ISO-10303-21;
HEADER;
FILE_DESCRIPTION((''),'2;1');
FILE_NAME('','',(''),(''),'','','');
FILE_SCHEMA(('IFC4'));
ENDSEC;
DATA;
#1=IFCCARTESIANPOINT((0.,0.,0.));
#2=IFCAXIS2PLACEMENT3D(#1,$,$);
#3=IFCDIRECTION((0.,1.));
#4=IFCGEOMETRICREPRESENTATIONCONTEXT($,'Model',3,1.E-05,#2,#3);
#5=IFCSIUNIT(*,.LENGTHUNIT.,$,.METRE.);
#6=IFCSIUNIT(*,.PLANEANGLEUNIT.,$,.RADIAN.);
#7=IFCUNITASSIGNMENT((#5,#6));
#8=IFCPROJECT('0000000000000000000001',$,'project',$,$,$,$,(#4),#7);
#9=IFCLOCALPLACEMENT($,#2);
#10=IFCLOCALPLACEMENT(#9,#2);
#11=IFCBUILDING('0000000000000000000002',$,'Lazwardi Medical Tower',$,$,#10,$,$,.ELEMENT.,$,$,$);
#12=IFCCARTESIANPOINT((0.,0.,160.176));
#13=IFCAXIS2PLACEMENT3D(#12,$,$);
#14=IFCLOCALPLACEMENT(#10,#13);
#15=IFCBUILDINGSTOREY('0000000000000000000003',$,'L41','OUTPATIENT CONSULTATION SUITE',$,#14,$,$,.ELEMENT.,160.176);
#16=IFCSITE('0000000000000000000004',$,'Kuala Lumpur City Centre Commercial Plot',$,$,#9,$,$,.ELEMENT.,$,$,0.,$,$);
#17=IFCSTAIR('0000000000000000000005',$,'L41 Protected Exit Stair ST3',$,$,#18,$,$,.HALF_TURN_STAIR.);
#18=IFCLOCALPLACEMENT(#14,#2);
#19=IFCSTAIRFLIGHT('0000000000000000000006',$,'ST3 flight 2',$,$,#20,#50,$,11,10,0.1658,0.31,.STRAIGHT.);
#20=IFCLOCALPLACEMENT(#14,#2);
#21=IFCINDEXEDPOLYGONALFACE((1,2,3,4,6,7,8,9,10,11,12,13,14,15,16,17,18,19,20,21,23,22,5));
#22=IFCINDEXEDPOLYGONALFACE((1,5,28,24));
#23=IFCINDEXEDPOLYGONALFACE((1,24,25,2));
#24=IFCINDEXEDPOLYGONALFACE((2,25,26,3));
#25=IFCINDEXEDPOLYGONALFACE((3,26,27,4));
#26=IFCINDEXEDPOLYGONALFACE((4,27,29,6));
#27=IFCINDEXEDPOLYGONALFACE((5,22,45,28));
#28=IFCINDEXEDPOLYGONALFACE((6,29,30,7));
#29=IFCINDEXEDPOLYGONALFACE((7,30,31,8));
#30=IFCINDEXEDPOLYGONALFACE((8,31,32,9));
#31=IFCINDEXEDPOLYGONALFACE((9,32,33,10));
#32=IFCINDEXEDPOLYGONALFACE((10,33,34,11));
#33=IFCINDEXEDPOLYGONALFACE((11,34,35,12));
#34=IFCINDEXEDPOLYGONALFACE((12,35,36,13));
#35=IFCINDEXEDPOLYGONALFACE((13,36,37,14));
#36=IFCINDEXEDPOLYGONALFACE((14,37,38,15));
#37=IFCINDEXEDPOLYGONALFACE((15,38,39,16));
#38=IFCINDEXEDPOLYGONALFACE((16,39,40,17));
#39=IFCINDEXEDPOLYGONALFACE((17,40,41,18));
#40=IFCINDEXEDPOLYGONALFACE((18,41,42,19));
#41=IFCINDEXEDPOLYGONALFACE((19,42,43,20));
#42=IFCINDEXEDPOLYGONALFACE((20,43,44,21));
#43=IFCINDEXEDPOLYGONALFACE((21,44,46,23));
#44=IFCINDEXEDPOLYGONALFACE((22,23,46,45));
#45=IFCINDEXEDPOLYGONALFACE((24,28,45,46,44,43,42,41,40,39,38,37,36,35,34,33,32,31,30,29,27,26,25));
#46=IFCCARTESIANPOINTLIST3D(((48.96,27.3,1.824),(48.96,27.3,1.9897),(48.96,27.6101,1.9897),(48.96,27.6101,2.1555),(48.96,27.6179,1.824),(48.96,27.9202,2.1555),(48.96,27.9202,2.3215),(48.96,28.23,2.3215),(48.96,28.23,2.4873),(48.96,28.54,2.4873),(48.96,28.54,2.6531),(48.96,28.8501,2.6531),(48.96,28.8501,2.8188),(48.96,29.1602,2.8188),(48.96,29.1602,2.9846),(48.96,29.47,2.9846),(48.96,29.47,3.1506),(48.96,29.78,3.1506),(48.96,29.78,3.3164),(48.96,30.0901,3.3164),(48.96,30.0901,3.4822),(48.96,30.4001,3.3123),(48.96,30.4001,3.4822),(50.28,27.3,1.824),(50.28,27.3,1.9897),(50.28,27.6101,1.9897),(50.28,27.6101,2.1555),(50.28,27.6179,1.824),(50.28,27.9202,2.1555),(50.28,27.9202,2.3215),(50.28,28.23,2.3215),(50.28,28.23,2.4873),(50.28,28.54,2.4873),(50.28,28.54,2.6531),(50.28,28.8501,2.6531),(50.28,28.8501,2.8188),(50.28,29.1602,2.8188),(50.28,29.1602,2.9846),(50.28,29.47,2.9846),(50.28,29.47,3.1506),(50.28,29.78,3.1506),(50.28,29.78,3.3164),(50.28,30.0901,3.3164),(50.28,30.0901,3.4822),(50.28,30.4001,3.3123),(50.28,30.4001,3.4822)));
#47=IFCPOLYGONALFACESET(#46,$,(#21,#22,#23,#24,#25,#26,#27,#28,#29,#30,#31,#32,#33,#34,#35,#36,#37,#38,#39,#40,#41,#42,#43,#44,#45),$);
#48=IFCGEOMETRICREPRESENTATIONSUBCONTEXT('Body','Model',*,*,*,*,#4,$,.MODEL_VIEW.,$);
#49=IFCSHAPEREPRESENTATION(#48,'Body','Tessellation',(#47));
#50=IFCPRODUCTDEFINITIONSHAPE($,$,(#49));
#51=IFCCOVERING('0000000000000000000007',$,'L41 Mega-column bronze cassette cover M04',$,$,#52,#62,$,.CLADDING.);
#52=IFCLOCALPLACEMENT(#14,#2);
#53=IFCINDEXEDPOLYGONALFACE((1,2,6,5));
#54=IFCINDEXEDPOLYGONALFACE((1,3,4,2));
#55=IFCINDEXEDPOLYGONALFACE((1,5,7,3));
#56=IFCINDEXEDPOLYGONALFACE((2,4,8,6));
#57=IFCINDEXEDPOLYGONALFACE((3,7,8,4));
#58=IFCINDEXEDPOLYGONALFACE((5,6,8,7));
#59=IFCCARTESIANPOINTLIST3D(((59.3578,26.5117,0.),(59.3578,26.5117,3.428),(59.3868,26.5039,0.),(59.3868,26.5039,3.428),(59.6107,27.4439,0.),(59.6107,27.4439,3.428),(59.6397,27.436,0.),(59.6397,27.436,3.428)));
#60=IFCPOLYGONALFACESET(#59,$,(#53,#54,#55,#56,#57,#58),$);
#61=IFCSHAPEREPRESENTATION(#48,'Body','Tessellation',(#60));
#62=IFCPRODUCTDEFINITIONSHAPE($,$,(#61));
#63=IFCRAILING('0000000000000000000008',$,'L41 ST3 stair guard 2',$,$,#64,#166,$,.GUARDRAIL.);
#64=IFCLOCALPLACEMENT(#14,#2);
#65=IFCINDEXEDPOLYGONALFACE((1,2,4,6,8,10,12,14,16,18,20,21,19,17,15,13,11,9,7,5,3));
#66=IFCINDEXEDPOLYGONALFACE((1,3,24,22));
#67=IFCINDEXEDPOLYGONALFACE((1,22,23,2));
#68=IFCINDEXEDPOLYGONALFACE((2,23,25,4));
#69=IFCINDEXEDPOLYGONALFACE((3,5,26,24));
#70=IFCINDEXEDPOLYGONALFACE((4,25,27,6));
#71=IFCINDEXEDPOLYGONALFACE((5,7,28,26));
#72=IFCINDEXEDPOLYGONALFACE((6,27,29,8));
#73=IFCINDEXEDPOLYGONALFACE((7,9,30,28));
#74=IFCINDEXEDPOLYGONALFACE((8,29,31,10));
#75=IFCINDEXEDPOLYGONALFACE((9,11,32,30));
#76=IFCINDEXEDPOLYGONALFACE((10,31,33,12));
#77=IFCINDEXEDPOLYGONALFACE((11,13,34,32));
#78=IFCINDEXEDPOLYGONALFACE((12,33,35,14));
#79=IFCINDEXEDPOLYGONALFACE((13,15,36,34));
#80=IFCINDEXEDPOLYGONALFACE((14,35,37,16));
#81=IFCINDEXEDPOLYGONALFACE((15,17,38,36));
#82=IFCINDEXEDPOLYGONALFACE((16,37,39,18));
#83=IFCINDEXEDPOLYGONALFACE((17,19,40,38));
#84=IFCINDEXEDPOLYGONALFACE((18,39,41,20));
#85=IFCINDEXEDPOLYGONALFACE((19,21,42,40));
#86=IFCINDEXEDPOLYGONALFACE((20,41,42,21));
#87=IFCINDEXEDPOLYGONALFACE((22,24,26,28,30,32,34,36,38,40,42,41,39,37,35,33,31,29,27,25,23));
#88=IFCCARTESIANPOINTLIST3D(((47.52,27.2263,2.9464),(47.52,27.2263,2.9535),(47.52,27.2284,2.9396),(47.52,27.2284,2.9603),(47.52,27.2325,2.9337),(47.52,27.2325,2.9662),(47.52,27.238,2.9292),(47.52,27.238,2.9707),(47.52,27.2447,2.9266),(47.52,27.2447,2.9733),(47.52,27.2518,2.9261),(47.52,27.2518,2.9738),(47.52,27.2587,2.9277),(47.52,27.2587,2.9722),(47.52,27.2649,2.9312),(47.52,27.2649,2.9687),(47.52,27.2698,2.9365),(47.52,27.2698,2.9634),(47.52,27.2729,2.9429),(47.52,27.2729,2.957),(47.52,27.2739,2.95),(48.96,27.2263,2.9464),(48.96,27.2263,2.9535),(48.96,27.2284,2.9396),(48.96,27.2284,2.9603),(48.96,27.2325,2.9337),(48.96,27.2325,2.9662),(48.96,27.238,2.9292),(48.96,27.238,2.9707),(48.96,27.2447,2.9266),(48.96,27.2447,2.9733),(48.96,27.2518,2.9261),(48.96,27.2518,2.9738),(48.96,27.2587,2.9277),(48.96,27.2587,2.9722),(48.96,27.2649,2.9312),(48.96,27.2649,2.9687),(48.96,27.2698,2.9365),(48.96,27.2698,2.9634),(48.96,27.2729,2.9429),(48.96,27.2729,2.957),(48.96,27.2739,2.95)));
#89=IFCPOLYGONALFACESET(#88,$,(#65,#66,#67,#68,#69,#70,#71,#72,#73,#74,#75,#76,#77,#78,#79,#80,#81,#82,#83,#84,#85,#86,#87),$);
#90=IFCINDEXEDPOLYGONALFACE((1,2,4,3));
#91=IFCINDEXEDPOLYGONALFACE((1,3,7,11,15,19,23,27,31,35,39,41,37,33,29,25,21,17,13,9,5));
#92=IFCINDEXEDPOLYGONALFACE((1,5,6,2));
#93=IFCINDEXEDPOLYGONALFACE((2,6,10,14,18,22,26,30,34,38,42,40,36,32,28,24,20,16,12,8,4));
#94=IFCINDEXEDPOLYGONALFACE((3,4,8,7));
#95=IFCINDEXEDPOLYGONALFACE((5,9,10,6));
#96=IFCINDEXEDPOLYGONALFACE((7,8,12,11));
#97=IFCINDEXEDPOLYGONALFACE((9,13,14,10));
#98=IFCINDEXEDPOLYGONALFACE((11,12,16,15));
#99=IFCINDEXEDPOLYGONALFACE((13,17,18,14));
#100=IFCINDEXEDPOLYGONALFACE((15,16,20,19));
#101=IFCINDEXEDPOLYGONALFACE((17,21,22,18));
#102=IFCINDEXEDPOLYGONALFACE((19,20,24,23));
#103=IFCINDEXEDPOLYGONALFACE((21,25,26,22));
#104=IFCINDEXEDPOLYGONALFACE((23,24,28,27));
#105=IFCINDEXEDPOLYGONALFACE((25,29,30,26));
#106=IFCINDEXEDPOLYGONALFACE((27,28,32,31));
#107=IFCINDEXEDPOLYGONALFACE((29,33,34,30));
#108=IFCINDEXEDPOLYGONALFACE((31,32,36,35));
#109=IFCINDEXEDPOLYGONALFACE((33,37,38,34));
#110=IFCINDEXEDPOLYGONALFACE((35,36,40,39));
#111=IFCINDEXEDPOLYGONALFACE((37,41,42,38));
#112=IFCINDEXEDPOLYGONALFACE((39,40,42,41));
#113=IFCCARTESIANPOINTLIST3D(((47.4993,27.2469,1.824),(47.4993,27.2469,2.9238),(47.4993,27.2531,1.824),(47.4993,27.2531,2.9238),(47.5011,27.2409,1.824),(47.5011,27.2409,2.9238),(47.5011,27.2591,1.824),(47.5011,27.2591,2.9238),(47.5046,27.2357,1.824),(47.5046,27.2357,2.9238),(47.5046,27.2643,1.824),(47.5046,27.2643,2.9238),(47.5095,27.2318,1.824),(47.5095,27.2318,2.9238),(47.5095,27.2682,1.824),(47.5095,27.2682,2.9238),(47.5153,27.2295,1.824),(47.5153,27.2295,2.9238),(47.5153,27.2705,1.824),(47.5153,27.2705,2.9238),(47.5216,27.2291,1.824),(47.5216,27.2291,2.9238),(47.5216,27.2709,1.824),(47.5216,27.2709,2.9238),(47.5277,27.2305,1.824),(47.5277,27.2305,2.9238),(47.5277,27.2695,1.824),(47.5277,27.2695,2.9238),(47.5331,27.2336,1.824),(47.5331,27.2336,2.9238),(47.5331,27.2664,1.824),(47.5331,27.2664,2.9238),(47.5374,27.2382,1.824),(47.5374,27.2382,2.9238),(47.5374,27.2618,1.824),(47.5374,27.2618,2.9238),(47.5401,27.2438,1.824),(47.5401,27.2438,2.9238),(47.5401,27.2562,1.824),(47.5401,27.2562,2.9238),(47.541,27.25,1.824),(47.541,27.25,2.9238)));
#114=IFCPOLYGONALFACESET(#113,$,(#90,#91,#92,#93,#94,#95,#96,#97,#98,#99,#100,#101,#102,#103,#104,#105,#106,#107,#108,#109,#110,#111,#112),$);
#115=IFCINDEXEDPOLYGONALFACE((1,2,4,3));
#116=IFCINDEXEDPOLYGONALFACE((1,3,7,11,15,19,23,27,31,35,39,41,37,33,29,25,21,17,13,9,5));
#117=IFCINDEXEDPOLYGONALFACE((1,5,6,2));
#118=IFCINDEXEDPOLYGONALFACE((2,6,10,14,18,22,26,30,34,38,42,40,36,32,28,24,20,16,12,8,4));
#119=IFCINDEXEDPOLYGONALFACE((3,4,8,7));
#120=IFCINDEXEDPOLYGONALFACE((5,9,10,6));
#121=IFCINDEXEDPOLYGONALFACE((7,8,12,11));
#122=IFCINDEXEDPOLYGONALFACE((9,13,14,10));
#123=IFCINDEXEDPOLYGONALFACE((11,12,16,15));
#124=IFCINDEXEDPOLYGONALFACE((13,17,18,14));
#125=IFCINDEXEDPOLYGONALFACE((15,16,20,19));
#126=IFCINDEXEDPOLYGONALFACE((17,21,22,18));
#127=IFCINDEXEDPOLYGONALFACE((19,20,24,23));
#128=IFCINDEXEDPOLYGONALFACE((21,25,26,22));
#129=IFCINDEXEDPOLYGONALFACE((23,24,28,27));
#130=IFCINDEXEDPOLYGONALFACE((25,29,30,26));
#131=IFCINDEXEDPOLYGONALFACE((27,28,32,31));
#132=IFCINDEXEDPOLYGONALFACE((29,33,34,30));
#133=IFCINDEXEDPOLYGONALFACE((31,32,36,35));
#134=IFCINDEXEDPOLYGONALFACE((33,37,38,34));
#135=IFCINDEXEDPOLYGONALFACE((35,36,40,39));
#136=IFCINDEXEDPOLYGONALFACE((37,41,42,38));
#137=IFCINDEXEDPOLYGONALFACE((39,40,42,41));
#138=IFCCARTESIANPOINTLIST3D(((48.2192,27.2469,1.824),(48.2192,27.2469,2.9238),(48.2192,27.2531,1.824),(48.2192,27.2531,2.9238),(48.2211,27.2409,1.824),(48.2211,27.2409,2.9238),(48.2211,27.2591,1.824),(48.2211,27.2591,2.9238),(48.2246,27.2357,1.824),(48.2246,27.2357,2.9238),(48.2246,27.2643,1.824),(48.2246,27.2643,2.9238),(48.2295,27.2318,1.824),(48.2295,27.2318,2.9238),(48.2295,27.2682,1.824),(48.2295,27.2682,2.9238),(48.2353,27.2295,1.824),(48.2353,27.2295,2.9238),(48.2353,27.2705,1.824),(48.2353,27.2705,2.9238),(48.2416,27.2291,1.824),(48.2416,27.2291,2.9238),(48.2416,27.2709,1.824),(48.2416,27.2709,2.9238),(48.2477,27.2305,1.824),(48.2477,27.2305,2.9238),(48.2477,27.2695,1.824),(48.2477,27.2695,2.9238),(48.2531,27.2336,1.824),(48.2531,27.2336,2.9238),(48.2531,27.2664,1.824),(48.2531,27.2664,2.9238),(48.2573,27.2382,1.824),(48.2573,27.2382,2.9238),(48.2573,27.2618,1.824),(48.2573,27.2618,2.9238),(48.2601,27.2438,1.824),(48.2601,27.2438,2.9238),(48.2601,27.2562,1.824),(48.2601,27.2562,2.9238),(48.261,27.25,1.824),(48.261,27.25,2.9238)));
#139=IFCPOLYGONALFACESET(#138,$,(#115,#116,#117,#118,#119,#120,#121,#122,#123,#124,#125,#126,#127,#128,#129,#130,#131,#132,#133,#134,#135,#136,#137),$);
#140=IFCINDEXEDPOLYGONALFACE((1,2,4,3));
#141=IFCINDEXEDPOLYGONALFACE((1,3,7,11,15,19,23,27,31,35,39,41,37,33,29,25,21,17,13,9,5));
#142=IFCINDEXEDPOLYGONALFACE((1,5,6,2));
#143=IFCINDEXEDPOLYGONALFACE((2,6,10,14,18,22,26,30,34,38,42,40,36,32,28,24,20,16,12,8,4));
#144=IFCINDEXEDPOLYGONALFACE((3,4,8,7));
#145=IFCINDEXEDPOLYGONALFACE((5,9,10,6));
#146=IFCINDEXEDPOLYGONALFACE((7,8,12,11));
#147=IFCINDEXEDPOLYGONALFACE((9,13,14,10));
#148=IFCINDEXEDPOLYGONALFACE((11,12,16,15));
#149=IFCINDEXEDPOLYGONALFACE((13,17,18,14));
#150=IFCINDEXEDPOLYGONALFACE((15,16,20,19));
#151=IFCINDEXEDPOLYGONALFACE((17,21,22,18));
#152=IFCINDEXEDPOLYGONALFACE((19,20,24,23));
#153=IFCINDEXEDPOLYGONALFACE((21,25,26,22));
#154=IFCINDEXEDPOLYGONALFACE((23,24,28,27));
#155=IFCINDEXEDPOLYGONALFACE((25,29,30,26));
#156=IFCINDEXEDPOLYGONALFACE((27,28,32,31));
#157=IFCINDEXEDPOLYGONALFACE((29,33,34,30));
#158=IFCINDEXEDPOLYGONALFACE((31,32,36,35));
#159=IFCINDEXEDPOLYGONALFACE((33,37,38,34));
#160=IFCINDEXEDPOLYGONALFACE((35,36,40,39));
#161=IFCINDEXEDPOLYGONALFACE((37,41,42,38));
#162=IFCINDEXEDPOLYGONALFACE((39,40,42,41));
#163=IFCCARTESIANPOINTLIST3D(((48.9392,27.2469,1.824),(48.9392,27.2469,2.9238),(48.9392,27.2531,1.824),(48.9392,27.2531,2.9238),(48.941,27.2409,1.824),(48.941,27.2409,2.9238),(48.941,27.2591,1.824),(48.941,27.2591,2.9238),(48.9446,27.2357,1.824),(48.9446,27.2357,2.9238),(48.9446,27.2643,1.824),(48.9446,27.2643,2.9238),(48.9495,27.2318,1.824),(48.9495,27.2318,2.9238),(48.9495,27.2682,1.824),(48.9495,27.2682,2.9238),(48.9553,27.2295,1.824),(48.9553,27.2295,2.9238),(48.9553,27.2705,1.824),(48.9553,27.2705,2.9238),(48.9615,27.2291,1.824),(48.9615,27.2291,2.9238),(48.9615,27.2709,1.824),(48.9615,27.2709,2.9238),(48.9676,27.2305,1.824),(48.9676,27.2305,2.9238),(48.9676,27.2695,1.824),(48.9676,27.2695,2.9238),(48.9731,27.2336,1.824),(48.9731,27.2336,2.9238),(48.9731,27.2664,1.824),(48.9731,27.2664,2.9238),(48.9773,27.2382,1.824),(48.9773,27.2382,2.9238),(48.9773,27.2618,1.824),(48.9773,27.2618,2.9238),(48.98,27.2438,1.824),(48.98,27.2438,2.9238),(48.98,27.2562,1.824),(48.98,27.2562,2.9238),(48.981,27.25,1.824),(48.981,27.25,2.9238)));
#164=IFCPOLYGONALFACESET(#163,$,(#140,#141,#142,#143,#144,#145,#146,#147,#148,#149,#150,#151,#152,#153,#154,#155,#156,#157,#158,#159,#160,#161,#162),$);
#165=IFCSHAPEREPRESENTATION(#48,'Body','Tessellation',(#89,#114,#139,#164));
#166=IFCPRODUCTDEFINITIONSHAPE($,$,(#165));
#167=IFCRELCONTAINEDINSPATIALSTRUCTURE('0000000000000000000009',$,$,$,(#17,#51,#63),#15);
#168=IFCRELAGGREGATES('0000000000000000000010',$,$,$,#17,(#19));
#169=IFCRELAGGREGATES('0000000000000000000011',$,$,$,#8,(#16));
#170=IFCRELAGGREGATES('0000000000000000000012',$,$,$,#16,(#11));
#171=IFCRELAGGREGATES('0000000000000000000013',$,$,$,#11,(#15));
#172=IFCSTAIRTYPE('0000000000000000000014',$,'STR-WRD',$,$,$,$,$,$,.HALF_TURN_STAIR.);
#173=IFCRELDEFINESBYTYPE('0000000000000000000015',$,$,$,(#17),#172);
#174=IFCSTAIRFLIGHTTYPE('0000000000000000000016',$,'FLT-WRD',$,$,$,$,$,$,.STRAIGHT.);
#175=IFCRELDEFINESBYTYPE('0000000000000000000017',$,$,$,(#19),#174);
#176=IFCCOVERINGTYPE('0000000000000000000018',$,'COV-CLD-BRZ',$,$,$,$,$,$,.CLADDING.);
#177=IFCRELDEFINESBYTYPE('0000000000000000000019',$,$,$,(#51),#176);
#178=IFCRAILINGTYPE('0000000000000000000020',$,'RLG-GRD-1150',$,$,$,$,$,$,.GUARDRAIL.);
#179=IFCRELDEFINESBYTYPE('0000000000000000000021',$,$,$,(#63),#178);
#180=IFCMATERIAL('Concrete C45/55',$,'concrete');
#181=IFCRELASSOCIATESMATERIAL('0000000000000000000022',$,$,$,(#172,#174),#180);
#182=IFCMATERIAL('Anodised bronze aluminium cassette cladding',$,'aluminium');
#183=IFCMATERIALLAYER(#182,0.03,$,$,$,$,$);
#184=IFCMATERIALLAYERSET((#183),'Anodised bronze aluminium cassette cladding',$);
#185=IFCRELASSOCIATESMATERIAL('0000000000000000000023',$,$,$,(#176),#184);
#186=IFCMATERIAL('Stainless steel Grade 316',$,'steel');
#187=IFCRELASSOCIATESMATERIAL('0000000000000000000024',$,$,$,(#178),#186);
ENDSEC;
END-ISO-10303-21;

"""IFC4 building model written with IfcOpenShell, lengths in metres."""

from ifc_helpers import new_model, si_unit, direction, frame, origin, origin_2d, place, context, subcontext, project, spatial, polyline, rectangle, circle, outline, extrude, material, layer, layer_set, type_object, element, aggregate, save


model = new_model("IFC4")

# Units and contexts
model_context = context("Model", 3, precision=1e-05, world=origin(), true_north=direction((0.0, 1.0)))
body_context = subcontext(model_context, "Body", "Model", "MODEL_VIEW")
ifc_project = project(units=[si_unit("LENGTHUNIT", "METRE"), si_unit("PLANEANGLEUNIT", "RADIAN")], contexts=[model_context])

# Site, building, storey
site_placement = place(None, origin())
site = spatial("IfcSite", under=ifc_project, at=site_placement, Name="Kuala Lumpur City Centre Commercial Plot", CompositionType="ELEMENT", RefElevation=0.0)
building_placement = place(site_placement, origin())
building = spatial("IfcBuilding", under=site, at=building_placement, Name="Lazwardi Medical Tower", CompositionType="ELEMENT")
storey_placement = place(building_placement, frame((0.0, 0.0, 160.176)))
storey = spatial("IfcBuildingStorey", under=building, at=storey_placement, Name="L41", Description="OUTPATIENT CONSULTATION SUITE", CompositionType="ELEMENT", Elevation=160.176)

# Stair, stair flight
ifc_material_1 = material(Name="Concrete C45/55", Category="concrete")
stair_type = type_object("IfcStairType", Name="STR-WRD", PredefinedType="HALF_TURN_STAIR", material=ifc_material_1)
stair_placement = place(storey_placement, origin())
stair = element("IfcStair", 1, at=stair_placement, inside=storey, type_object=stair_type, Name="L41 Protected Exit Stair ST3", PredefinedType="HALF_TURN_STAIR")
stair_flight_type = type_object("IfcStairFlightType", Name="FLT-WRD", PredefinedType="STRAIGHT", material=ifc_material_1)
stair_flight_placement = place(storey_placement, frame((49.6201, 27.3, 1.824), z_axis=(0.0, 0.0, 1.0), x_axis=(0.0, 1.0, 0.0)))
stair_flight = element("IfcStairFlight", 2, at=stair_flight_placement, type_object=stair_flight_type, Name="ST3 flight 2", NumberOfRisers=11, NumberOfTreads=10, PredefinedType="STRAIGHT", RiserHeight=0.1658, TreadLength=0.31, context=body_context, shape_type="SweptSolid", body=[
    extrude(outline(polyline([(0.0, 0.0), (0.0, 0.1658), (0.3101, 0.1658), (0.3101, 0.3315), (0.6201, 0.3315), (0.6201, 0.4976), (0.9299, 0.4976), (0.9299, 0.6633), (1.24, 0.6633), (1.24, 0.8291), (1.55, 0.8291), (1.55, 0.9949), (1.8601, 0.9949), (1.8601, 1.1606), (2.1699, 1.1606), (2.1699, 1.3267), (2.48, 1.3267), (2.48, 1.4924), (2.79, 1.4924), (2.79, 1.6582), (3.1001, 1.6582), (3.1001, 1.824), (3.1001, 1.4883), (0.3179, 0.0), (0.0, 0.0)])), frame((0.0, 0.6602, 0.0), z_axis=(0.0, -1.0, 0.0), x_axis=(1.0, 0.0, 0.0)), (0.0, 0.0, 1.0), 1.3201),
])
aggregate(stair, [stair_flight])

# Covering
ifc_material_2 = material(Name="Anodised bronze aluminium cassette cladding", Category="aluminium")
ifc_layer_1 = layer(ifc_material_2, 0.03)
ifc_layer_set_1 = layer_set([ifc_layer_1], Name="Anodised bronze aluminium cassette cladding")
covering_type = type_object("IfcCoveringType", Name="COV-CLD-BRZ", PredefinedType="CLADDING", material=ifc_layer_set_1)
covering_placement = place(storey_placement, frame((59.4988, 26.9739, 0.0), z_axis=(0.0, 0.0, 1.0), x_axis=(0.261829, 0.965114, 0.0)))
element("IfcCovering", 3, at=covering_placement, inside=storey, type_object=covering_type, Name="L41 Mega-column bronze cassette cover M04", PredefinedType="CLADDING", context=body_context, shape_type="SweptSolid", body=[
    extrude(rectangle(XDim=0.9658, YDim=0.03, at=origin_2d()), origin(), (0.0, 0.0, 1.0), 3.428),
])

# Railing
ifc_material_3 = material(Name="Stainless steel Grade 316", Category="steel")
railing_type_1 = type_object("IfcRailingType", Name="RLG-GRD-1150", PredefinedType="GUARDRAIL", material=ifc_material_3)
railing_1_placement = place(storey_placement, frame((47.52, 27.25, 1.824)))
element("IfcRailing", 4, at=railing_1_placement, inside=storey, type_object=railing_type_1, Name="L41 ST3 stair guard 2", PredefinedType="GUARDRAIL", context=body_context, shape_type="SweptSolid", body=[
    extrude(circle(Radius=0.0239, at=origin_2d()), frame((0.0, 0.0, 1.126), z_axis=(1.0, 0.0, 0.0), x_axis=(0.0, 1.0, 0.0)), (0.0, 0.0, 1.0), 1.4399),
    extrude(circle(Radius=0.021, at=origin_2d()), origin(), (0.0, 0.0, 1.0), 1.0999),
    extrude(circle(Radius=0.021, at=origin_2d()), frame((0.72, 0.0, 0.0)), (0.0, 0.0, 1.0), 1.0999),
    extrude(circle(Radius=0.021, at=origin_2d()), frame((1.4399, 0.0, 0.0)), (0.0, 0.0, 1.0), 1.0999),
])

save(model, "model.ifc")
